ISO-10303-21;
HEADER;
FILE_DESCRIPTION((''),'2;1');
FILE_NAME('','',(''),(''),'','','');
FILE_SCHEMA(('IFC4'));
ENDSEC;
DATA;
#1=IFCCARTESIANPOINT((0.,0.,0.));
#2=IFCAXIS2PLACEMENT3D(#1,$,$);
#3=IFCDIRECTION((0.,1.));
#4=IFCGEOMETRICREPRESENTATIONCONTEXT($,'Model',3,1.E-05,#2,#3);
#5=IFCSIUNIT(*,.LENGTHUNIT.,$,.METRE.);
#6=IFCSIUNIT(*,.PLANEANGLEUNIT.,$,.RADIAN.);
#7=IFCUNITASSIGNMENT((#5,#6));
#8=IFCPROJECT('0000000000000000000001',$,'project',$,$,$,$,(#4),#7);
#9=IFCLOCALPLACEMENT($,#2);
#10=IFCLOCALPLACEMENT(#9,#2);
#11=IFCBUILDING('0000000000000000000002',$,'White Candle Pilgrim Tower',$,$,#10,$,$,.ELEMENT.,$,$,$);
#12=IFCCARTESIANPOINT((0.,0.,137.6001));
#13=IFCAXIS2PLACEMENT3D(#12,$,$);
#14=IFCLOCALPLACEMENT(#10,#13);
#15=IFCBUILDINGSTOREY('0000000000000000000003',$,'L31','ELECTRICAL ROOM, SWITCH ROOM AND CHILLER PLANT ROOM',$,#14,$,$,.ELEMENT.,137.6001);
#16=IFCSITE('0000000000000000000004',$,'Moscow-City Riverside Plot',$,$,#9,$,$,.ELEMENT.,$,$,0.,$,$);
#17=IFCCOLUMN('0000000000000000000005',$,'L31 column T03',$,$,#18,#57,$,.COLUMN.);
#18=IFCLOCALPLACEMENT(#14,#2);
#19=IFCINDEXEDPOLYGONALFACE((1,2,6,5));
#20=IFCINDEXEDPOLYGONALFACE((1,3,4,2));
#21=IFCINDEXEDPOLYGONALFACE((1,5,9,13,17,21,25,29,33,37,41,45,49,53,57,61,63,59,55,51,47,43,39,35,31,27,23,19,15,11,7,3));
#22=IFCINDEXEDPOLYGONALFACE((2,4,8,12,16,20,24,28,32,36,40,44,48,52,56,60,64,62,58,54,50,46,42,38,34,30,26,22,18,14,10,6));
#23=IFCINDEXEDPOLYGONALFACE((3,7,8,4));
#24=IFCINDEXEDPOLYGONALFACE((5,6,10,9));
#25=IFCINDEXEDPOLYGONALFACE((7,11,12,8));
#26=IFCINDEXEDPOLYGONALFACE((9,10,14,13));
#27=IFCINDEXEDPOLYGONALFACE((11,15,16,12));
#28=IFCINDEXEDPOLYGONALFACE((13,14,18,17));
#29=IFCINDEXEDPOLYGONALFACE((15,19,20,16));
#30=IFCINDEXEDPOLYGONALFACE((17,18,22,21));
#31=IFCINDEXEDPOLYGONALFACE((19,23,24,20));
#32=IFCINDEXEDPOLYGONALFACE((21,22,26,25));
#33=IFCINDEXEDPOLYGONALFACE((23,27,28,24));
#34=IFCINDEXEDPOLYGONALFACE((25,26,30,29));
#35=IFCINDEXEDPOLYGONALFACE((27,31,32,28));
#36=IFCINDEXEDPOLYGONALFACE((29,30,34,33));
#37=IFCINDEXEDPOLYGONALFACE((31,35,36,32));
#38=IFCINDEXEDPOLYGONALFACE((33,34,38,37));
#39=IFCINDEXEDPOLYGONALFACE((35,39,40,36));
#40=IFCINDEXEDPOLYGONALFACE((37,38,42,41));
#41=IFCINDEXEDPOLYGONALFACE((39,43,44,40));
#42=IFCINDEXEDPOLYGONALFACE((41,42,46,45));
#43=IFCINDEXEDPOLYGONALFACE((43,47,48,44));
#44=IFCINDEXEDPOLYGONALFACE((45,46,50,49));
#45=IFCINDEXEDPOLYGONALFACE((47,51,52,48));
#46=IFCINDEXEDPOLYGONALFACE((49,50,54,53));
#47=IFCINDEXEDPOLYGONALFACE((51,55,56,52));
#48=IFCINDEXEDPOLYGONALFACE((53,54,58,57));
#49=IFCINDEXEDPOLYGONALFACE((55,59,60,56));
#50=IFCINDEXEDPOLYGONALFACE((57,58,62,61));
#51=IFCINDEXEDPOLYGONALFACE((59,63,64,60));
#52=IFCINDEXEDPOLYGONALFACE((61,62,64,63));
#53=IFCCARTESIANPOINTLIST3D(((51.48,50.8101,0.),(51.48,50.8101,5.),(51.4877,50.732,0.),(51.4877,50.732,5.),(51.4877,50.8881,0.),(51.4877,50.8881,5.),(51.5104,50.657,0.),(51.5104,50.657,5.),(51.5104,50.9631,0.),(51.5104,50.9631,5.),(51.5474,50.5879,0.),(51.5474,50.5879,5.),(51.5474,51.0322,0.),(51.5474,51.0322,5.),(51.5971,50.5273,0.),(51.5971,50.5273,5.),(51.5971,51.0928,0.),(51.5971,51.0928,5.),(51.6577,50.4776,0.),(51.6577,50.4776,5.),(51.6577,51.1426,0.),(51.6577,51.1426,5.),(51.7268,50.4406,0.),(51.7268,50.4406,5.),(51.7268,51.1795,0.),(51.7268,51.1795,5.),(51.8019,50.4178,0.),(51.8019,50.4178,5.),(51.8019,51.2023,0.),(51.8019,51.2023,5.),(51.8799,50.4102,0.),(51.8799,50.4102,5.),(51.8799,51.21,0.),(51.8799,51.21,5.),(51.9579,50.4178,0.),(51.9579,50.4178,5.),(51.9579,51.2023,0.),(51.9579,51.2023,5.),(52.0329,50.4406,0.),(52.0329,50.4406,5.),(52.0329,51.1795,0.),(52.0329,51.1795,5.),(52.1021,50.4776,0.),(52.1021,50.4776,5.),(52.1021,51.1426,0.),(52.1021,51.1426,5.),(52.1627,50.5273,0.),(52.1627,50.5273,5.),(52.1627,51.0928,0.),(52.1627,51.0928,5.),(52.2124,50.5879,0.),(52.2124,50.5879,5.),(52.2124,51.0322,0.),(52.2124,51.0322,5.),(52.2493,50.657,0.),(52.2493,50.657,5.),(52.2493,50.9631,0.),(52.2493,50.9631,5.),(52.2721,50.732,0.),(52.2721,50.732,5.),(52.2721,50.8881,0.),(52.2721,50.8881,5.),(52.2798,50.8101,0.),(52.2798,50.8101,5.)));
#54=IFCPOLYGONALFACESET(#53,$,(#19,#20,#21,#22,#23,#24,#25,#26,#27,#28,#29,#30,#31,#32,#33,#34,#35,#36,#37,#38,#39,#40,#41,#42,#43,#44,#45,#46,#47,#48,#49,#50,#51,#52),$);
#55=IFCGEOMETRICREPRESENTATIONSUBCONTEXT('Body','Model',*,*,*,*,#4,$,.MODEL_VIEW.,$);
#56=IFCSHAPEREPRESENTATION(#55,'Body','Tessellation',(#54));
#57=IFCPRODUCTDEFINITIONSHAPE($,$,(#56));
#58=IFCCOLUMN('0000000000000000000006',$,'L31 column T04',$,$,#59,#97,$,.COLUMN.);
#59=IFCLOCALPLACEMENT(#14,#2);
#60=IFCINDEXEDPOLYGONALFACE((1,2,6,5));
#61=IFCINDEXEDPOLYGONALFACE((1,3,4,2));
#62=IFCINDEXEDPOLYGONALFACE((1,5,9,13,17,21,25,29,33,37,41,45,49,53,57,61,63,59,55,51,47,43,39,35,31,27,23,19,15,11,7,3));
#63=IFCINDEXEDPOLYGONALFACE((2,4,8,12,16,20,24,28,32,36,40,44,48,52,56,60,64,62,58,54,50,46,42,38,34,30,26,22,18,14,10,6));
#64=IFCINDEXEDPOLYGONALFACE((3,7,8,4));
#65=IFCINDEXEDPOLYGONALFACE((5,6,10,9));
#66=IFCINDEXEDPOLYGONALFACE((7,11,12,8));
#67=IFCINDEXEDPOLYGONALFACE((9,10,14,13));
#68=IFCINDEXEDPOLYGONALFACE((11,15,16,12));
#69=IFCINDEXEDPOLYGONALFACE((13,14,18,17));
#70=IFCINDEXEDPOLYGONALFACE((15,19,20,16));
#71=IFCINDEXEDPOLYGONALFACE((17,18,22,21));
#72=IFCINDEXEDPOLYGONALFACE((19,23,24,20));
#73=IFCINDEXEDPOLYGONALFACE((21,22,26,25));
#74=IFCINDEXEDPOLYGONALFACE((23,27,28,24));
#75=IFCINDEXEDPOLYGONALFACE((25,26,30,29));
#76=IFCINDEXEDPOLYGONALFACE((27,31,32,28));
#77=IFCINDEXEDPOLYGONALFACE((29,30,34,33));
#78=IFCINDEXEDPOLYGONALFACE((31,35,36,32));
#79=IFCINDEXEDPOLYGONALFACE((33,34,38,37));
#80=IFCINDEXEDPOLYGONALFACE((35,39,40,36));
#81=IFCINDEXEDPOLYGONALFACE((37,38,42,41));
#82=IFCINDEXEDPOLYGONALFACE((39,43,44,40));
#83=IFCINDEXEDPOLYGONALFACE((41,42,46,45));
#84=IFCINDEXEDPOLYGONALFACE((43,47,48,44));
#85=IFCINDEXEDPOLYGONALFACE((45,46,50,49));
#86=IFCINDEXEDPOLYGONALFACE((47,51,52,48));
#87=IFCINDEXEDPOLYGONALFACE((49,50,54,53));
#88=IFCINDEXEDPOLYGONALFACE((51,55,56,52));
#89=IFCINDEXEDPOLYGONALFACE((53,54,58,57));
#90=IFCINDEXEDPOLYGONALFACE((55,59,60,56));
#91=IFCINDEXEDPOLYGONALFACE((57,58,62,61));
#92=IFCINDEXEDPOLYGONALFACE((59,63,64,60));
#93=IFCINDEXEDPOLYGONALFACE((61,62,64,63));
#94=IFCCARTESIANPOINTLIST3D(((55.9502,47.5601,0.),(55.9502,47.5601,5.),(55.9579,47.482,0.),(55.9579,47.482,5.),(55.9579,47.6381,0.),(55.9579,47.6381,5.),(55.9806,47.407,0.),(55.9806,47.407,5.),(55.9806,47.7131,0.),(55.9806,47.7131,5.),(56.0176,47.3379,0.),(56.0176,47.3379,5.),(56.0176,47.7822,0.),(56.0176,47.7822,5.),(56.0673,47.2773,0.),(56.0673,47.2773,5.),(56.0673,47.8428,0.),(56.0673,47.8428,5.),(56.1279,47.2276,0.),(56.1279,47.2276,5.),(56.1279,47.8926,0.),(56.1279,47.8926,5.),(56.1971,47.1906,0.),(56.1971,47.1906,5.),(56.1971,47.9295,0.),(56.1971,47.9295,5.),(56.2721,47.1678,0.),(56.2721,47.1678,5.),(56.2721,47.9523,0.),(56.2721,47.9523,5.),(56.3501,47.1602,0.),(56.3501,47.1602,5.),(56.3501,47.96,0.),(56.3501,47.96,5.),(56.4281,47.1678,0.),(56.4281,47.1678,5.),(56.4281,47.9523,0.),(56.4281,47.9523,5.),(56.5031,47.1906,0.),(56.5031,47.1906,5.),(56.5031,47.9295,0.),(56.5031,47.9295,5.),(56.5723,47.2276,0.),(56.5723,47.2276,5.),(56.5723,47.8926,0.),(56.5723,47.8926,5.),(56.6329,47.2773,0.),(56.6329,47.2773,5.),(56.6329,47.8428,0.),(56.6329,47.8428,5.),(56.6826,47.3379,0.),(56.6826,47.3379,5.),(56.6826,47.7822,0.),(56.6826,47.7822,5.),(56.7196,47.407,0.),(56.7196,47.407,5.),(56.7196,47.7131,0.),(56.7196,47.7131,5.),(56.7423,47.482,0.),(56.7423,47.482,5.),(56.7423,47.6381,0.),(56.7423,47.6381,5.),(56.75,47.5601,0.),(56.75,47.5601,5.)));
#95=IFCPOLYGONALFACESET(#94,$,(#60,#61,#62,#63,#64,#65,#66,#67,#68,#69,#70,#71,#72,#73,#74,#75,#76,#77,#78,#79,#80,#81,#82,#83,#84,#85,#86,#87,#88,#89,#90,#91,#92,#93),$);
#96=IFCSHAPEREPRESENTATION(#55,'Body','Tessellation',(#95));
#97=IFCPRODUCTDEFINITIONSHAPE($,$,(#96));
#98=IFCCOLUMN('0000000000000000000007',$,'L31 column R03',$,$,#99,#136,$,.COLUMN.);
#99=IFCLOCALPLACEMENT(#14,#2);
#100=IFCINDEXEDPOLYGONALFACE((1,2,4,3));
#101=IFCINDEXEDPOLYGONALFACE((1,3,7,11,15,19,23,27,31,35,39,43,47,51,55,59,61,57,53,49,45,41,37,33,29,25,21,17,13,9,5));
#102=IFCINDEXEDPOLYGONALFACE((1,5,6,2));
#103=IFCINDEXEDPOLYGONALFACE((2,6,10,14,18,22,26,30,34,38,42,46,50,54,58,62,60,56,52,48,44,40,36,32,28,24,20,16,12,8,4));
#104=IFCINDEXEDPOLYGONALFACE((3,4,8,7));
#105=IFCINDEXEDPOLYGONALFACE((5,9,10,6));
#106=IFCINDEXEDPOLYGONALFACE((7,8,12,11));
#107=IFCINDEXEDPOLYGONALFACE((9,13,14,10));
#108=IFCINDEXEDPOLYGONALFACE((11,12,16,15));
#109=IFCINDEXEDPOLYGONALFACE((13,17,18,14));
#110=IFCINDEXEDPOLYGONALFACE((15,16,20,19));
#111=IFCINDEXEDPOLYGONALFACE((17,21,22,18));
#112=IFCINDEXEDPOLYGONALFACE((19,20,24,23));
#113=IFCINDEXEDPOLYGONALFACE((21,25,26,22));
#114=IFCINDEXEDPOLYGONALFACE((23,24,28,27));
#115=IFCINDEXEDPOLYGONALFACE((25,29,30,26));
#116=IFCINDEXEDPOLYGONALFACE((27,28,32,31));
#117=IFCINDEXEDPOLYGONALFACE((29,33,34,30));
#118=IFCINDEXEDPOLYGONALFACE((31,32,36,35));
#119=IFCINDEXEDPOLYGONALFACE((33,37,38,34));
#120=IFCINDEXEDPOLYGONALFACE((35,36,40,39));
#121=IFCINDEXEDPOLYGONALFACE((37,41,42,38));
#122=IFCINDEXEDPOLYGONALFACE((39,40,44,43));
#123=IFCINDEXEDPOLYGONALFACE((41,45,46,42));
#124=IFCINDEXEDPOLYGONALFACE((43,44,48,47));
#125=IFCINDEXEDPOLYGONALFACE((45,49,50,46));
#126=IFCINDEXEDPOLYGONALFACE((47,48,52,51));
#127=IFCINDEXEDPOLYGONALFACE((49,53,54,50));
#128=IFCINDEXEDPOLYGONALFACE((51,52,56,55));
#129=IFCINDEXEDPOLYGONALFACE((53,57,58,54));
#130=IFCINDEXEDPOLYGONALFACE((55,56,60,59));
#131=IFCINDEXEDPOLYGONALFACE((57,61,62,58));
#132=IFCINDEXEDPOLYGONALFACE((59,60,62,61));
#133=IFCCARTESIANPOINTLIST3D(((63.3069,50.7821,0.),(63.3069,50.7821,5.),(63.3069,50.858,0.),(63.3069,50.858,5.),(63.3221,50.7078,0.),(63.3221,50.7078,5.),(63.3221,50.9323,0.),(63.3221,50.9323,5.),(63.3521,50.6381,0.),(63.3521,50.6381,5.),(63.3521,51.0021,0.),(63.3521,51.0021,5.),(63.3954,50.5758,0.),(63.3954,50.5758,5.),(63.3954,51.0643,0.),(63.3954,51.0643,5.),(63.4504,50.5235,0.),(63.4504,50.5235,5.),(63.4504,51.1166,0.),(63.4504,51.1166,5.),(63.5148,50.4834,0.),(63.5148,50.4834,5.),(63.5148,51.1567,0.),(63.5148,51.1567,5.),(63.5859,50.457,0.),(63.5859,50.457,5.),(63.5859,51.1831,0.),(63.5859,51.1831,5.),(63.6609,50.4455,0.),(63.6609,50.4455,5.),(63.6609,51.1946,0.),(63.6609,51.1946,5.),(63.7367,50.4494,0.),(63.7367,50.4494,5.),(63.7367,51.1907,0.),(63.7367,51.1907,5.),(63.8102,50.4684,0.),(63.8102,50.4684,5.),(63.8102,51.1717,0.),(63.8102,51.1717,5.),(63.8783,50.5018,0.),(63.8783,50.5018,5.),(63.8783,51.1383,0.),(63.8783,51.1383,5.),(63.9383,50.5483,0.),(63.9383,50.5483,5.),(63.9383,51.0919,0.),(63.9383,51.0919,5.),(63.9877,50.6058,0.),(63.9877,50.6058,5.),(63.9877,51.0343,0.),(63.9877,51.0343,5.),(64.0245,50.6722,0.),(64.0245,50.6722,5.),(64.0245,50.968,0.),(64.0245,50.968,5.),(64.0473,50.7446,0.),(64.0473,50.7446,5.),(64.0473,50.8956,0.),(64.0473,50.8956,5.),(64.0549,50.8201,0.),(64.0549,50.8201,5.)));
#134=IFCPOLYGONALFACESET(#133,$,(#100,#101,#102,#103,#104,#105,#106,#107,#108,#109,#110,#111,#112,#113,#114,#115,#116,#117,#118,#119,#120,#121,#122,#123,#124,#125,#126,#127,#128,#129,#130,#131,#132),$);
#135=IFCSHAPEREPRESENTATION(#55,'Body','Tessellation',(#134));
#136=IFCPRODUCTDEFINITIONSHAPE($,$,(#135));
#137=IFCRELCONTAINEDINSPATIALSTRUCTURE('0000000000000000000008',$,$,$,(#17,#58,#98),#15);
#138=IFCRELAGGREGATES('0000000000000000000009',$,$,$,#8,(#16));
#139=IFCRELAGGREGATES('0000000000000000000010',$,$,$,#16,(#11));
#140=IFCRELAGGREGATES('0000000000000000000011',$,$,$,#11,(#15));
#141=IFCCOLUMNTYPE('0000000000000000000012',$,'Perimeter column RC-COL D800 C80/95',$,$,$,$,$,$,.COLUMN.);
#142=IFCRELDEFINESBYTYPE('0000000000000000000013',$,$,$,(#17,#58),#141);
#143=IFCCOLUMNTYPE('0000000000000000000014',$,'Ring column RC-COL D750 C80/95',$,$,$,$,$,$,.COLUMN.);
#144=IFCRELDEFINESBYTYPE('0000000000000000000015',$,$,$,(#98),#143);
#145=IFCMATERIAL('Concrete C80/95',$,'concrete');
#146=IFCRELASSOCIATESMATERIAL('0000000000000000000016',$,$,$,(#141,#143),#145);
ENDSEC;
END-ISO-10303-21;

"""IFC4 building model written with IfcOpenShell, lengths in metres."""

from ifc_helpers import new_model, si_unit, direction, frame, origin, origin_2d, place, context, subcontext, project, spatial, circle, extrude, material, material_profile, profile_set, type_object, element, save


model = new_model("IFC4")

# Units and contexts
model_context = context("Model", 3, precision=1e-05, world=origin(), true_north=direction((0.0, 1.0)))
body_context = subcontext(model_context, "Body", "Model", "MODEL_VIEW")
ifc_project = project(units=[si_unit("LENGTHUNIT", "METRE"), si_unit("PLANEANGLEUNIT", "RADIAN")], contexts=[model_context])

# Site, building, storey
site_placement = place(None, origin())
site = spatial("IfcSite", under=ifc_project, at=site_placement, Name="Moscow-City Riverside Plot", CompositionType="ELEMENT", RefElevation=0.0)
building_placement = place(site_placement, origin())
building = spatial("IfcBuilding", under=site, at=building_placement, Name="White Candle Pilgrim Tower", CompositionType="ELEMENT")
storey_placement = place(building_placement, frame((0.0, 0.0, 137.6001)))
storey = spatial("IfcBuildingStorey", under=building, at=storey_placement, Name="L31", Description="ELECTRICAL ROOM, SWITCH ROOM AND CHILLER PLANT ROOM", CompositionType="ELEMENT", Elevation=137.6001)

# Columns
ifc_material_1 = material(Name="Concrete C80/95", Category="concrete")
ifc_material_profile_1 = material_profile(ifc_material_1, circle(Radius=0.3999, at=origin_2d()), Name="RC-COL D800")
ifc_profile_set_1 = profile_set([ifc_material_profile_1], Name="Concrete C80/95")
column_type_1 = type_object("IfcColumnType", Name="Perimeter column RC-COL D800 C80/95", PredefinedType="COLUMN", material=ifc_profile_set_1)
for number, where, z_axis, x_axis, name in (
    (1, (51.8799, 50.8101, 0.0), (0.0, 0.0, 1.0), (1.0, 0.0, 0.0), "L31 column T03"),
    (2, (56.3501, 47.5601, 0.0), (0.0, 0.0, 1.0), (1.0, 0.0, 0.0), "L31 column T04"),
):
    element("IfcColumn", number, at=place(storey_placement, frame(where, z_axis=z_axis, x_axis=x_axis)), inside=storey, type_object=column_type_1, Name=name, PredefinedType="COLUMN", context=body_context, shape_type="SweptSolid", body=[
        extrude(circle(Radius=0.3999, at=origin_2d()), origin(), (0.0, 0.0, 1.0), 5.0),
    ])
ifc_material_profile_2 = material_profile(ifc_material_1, circle(Radius=0.375, at=origin_2d()), Name="RC-COL D750")
ifc_profile_set_2 = profile_set([ifc_material_profile_2], Name="Concrete C80/95")
column_type_2 = type_object("IfcColumnType", Name="Ring column RC-COL D750 C80/95", PredefinedType="COLUMN", material=ifc_profile_set_2)
column_placement = place(storey_placement, frame((63.6799, 50.8201, 0.0), z_axis=(0.0, 0.0, 1.0), x_axis=(1.0, 0.0, 0.0)))
element("IfcColumn", 3, at=column_placement, inside=storey, type_object=column_type_2, Name="L31 column R03", PredefinedType="COLUMN", context=body_context, shape_type="SweptSolid", body=[
    extrude(circle(Radius=0.375, at=origin_2d()), origin(), (0.0, 0.0, 1.0), 5.0),
])

save(model, "model.ifc")
